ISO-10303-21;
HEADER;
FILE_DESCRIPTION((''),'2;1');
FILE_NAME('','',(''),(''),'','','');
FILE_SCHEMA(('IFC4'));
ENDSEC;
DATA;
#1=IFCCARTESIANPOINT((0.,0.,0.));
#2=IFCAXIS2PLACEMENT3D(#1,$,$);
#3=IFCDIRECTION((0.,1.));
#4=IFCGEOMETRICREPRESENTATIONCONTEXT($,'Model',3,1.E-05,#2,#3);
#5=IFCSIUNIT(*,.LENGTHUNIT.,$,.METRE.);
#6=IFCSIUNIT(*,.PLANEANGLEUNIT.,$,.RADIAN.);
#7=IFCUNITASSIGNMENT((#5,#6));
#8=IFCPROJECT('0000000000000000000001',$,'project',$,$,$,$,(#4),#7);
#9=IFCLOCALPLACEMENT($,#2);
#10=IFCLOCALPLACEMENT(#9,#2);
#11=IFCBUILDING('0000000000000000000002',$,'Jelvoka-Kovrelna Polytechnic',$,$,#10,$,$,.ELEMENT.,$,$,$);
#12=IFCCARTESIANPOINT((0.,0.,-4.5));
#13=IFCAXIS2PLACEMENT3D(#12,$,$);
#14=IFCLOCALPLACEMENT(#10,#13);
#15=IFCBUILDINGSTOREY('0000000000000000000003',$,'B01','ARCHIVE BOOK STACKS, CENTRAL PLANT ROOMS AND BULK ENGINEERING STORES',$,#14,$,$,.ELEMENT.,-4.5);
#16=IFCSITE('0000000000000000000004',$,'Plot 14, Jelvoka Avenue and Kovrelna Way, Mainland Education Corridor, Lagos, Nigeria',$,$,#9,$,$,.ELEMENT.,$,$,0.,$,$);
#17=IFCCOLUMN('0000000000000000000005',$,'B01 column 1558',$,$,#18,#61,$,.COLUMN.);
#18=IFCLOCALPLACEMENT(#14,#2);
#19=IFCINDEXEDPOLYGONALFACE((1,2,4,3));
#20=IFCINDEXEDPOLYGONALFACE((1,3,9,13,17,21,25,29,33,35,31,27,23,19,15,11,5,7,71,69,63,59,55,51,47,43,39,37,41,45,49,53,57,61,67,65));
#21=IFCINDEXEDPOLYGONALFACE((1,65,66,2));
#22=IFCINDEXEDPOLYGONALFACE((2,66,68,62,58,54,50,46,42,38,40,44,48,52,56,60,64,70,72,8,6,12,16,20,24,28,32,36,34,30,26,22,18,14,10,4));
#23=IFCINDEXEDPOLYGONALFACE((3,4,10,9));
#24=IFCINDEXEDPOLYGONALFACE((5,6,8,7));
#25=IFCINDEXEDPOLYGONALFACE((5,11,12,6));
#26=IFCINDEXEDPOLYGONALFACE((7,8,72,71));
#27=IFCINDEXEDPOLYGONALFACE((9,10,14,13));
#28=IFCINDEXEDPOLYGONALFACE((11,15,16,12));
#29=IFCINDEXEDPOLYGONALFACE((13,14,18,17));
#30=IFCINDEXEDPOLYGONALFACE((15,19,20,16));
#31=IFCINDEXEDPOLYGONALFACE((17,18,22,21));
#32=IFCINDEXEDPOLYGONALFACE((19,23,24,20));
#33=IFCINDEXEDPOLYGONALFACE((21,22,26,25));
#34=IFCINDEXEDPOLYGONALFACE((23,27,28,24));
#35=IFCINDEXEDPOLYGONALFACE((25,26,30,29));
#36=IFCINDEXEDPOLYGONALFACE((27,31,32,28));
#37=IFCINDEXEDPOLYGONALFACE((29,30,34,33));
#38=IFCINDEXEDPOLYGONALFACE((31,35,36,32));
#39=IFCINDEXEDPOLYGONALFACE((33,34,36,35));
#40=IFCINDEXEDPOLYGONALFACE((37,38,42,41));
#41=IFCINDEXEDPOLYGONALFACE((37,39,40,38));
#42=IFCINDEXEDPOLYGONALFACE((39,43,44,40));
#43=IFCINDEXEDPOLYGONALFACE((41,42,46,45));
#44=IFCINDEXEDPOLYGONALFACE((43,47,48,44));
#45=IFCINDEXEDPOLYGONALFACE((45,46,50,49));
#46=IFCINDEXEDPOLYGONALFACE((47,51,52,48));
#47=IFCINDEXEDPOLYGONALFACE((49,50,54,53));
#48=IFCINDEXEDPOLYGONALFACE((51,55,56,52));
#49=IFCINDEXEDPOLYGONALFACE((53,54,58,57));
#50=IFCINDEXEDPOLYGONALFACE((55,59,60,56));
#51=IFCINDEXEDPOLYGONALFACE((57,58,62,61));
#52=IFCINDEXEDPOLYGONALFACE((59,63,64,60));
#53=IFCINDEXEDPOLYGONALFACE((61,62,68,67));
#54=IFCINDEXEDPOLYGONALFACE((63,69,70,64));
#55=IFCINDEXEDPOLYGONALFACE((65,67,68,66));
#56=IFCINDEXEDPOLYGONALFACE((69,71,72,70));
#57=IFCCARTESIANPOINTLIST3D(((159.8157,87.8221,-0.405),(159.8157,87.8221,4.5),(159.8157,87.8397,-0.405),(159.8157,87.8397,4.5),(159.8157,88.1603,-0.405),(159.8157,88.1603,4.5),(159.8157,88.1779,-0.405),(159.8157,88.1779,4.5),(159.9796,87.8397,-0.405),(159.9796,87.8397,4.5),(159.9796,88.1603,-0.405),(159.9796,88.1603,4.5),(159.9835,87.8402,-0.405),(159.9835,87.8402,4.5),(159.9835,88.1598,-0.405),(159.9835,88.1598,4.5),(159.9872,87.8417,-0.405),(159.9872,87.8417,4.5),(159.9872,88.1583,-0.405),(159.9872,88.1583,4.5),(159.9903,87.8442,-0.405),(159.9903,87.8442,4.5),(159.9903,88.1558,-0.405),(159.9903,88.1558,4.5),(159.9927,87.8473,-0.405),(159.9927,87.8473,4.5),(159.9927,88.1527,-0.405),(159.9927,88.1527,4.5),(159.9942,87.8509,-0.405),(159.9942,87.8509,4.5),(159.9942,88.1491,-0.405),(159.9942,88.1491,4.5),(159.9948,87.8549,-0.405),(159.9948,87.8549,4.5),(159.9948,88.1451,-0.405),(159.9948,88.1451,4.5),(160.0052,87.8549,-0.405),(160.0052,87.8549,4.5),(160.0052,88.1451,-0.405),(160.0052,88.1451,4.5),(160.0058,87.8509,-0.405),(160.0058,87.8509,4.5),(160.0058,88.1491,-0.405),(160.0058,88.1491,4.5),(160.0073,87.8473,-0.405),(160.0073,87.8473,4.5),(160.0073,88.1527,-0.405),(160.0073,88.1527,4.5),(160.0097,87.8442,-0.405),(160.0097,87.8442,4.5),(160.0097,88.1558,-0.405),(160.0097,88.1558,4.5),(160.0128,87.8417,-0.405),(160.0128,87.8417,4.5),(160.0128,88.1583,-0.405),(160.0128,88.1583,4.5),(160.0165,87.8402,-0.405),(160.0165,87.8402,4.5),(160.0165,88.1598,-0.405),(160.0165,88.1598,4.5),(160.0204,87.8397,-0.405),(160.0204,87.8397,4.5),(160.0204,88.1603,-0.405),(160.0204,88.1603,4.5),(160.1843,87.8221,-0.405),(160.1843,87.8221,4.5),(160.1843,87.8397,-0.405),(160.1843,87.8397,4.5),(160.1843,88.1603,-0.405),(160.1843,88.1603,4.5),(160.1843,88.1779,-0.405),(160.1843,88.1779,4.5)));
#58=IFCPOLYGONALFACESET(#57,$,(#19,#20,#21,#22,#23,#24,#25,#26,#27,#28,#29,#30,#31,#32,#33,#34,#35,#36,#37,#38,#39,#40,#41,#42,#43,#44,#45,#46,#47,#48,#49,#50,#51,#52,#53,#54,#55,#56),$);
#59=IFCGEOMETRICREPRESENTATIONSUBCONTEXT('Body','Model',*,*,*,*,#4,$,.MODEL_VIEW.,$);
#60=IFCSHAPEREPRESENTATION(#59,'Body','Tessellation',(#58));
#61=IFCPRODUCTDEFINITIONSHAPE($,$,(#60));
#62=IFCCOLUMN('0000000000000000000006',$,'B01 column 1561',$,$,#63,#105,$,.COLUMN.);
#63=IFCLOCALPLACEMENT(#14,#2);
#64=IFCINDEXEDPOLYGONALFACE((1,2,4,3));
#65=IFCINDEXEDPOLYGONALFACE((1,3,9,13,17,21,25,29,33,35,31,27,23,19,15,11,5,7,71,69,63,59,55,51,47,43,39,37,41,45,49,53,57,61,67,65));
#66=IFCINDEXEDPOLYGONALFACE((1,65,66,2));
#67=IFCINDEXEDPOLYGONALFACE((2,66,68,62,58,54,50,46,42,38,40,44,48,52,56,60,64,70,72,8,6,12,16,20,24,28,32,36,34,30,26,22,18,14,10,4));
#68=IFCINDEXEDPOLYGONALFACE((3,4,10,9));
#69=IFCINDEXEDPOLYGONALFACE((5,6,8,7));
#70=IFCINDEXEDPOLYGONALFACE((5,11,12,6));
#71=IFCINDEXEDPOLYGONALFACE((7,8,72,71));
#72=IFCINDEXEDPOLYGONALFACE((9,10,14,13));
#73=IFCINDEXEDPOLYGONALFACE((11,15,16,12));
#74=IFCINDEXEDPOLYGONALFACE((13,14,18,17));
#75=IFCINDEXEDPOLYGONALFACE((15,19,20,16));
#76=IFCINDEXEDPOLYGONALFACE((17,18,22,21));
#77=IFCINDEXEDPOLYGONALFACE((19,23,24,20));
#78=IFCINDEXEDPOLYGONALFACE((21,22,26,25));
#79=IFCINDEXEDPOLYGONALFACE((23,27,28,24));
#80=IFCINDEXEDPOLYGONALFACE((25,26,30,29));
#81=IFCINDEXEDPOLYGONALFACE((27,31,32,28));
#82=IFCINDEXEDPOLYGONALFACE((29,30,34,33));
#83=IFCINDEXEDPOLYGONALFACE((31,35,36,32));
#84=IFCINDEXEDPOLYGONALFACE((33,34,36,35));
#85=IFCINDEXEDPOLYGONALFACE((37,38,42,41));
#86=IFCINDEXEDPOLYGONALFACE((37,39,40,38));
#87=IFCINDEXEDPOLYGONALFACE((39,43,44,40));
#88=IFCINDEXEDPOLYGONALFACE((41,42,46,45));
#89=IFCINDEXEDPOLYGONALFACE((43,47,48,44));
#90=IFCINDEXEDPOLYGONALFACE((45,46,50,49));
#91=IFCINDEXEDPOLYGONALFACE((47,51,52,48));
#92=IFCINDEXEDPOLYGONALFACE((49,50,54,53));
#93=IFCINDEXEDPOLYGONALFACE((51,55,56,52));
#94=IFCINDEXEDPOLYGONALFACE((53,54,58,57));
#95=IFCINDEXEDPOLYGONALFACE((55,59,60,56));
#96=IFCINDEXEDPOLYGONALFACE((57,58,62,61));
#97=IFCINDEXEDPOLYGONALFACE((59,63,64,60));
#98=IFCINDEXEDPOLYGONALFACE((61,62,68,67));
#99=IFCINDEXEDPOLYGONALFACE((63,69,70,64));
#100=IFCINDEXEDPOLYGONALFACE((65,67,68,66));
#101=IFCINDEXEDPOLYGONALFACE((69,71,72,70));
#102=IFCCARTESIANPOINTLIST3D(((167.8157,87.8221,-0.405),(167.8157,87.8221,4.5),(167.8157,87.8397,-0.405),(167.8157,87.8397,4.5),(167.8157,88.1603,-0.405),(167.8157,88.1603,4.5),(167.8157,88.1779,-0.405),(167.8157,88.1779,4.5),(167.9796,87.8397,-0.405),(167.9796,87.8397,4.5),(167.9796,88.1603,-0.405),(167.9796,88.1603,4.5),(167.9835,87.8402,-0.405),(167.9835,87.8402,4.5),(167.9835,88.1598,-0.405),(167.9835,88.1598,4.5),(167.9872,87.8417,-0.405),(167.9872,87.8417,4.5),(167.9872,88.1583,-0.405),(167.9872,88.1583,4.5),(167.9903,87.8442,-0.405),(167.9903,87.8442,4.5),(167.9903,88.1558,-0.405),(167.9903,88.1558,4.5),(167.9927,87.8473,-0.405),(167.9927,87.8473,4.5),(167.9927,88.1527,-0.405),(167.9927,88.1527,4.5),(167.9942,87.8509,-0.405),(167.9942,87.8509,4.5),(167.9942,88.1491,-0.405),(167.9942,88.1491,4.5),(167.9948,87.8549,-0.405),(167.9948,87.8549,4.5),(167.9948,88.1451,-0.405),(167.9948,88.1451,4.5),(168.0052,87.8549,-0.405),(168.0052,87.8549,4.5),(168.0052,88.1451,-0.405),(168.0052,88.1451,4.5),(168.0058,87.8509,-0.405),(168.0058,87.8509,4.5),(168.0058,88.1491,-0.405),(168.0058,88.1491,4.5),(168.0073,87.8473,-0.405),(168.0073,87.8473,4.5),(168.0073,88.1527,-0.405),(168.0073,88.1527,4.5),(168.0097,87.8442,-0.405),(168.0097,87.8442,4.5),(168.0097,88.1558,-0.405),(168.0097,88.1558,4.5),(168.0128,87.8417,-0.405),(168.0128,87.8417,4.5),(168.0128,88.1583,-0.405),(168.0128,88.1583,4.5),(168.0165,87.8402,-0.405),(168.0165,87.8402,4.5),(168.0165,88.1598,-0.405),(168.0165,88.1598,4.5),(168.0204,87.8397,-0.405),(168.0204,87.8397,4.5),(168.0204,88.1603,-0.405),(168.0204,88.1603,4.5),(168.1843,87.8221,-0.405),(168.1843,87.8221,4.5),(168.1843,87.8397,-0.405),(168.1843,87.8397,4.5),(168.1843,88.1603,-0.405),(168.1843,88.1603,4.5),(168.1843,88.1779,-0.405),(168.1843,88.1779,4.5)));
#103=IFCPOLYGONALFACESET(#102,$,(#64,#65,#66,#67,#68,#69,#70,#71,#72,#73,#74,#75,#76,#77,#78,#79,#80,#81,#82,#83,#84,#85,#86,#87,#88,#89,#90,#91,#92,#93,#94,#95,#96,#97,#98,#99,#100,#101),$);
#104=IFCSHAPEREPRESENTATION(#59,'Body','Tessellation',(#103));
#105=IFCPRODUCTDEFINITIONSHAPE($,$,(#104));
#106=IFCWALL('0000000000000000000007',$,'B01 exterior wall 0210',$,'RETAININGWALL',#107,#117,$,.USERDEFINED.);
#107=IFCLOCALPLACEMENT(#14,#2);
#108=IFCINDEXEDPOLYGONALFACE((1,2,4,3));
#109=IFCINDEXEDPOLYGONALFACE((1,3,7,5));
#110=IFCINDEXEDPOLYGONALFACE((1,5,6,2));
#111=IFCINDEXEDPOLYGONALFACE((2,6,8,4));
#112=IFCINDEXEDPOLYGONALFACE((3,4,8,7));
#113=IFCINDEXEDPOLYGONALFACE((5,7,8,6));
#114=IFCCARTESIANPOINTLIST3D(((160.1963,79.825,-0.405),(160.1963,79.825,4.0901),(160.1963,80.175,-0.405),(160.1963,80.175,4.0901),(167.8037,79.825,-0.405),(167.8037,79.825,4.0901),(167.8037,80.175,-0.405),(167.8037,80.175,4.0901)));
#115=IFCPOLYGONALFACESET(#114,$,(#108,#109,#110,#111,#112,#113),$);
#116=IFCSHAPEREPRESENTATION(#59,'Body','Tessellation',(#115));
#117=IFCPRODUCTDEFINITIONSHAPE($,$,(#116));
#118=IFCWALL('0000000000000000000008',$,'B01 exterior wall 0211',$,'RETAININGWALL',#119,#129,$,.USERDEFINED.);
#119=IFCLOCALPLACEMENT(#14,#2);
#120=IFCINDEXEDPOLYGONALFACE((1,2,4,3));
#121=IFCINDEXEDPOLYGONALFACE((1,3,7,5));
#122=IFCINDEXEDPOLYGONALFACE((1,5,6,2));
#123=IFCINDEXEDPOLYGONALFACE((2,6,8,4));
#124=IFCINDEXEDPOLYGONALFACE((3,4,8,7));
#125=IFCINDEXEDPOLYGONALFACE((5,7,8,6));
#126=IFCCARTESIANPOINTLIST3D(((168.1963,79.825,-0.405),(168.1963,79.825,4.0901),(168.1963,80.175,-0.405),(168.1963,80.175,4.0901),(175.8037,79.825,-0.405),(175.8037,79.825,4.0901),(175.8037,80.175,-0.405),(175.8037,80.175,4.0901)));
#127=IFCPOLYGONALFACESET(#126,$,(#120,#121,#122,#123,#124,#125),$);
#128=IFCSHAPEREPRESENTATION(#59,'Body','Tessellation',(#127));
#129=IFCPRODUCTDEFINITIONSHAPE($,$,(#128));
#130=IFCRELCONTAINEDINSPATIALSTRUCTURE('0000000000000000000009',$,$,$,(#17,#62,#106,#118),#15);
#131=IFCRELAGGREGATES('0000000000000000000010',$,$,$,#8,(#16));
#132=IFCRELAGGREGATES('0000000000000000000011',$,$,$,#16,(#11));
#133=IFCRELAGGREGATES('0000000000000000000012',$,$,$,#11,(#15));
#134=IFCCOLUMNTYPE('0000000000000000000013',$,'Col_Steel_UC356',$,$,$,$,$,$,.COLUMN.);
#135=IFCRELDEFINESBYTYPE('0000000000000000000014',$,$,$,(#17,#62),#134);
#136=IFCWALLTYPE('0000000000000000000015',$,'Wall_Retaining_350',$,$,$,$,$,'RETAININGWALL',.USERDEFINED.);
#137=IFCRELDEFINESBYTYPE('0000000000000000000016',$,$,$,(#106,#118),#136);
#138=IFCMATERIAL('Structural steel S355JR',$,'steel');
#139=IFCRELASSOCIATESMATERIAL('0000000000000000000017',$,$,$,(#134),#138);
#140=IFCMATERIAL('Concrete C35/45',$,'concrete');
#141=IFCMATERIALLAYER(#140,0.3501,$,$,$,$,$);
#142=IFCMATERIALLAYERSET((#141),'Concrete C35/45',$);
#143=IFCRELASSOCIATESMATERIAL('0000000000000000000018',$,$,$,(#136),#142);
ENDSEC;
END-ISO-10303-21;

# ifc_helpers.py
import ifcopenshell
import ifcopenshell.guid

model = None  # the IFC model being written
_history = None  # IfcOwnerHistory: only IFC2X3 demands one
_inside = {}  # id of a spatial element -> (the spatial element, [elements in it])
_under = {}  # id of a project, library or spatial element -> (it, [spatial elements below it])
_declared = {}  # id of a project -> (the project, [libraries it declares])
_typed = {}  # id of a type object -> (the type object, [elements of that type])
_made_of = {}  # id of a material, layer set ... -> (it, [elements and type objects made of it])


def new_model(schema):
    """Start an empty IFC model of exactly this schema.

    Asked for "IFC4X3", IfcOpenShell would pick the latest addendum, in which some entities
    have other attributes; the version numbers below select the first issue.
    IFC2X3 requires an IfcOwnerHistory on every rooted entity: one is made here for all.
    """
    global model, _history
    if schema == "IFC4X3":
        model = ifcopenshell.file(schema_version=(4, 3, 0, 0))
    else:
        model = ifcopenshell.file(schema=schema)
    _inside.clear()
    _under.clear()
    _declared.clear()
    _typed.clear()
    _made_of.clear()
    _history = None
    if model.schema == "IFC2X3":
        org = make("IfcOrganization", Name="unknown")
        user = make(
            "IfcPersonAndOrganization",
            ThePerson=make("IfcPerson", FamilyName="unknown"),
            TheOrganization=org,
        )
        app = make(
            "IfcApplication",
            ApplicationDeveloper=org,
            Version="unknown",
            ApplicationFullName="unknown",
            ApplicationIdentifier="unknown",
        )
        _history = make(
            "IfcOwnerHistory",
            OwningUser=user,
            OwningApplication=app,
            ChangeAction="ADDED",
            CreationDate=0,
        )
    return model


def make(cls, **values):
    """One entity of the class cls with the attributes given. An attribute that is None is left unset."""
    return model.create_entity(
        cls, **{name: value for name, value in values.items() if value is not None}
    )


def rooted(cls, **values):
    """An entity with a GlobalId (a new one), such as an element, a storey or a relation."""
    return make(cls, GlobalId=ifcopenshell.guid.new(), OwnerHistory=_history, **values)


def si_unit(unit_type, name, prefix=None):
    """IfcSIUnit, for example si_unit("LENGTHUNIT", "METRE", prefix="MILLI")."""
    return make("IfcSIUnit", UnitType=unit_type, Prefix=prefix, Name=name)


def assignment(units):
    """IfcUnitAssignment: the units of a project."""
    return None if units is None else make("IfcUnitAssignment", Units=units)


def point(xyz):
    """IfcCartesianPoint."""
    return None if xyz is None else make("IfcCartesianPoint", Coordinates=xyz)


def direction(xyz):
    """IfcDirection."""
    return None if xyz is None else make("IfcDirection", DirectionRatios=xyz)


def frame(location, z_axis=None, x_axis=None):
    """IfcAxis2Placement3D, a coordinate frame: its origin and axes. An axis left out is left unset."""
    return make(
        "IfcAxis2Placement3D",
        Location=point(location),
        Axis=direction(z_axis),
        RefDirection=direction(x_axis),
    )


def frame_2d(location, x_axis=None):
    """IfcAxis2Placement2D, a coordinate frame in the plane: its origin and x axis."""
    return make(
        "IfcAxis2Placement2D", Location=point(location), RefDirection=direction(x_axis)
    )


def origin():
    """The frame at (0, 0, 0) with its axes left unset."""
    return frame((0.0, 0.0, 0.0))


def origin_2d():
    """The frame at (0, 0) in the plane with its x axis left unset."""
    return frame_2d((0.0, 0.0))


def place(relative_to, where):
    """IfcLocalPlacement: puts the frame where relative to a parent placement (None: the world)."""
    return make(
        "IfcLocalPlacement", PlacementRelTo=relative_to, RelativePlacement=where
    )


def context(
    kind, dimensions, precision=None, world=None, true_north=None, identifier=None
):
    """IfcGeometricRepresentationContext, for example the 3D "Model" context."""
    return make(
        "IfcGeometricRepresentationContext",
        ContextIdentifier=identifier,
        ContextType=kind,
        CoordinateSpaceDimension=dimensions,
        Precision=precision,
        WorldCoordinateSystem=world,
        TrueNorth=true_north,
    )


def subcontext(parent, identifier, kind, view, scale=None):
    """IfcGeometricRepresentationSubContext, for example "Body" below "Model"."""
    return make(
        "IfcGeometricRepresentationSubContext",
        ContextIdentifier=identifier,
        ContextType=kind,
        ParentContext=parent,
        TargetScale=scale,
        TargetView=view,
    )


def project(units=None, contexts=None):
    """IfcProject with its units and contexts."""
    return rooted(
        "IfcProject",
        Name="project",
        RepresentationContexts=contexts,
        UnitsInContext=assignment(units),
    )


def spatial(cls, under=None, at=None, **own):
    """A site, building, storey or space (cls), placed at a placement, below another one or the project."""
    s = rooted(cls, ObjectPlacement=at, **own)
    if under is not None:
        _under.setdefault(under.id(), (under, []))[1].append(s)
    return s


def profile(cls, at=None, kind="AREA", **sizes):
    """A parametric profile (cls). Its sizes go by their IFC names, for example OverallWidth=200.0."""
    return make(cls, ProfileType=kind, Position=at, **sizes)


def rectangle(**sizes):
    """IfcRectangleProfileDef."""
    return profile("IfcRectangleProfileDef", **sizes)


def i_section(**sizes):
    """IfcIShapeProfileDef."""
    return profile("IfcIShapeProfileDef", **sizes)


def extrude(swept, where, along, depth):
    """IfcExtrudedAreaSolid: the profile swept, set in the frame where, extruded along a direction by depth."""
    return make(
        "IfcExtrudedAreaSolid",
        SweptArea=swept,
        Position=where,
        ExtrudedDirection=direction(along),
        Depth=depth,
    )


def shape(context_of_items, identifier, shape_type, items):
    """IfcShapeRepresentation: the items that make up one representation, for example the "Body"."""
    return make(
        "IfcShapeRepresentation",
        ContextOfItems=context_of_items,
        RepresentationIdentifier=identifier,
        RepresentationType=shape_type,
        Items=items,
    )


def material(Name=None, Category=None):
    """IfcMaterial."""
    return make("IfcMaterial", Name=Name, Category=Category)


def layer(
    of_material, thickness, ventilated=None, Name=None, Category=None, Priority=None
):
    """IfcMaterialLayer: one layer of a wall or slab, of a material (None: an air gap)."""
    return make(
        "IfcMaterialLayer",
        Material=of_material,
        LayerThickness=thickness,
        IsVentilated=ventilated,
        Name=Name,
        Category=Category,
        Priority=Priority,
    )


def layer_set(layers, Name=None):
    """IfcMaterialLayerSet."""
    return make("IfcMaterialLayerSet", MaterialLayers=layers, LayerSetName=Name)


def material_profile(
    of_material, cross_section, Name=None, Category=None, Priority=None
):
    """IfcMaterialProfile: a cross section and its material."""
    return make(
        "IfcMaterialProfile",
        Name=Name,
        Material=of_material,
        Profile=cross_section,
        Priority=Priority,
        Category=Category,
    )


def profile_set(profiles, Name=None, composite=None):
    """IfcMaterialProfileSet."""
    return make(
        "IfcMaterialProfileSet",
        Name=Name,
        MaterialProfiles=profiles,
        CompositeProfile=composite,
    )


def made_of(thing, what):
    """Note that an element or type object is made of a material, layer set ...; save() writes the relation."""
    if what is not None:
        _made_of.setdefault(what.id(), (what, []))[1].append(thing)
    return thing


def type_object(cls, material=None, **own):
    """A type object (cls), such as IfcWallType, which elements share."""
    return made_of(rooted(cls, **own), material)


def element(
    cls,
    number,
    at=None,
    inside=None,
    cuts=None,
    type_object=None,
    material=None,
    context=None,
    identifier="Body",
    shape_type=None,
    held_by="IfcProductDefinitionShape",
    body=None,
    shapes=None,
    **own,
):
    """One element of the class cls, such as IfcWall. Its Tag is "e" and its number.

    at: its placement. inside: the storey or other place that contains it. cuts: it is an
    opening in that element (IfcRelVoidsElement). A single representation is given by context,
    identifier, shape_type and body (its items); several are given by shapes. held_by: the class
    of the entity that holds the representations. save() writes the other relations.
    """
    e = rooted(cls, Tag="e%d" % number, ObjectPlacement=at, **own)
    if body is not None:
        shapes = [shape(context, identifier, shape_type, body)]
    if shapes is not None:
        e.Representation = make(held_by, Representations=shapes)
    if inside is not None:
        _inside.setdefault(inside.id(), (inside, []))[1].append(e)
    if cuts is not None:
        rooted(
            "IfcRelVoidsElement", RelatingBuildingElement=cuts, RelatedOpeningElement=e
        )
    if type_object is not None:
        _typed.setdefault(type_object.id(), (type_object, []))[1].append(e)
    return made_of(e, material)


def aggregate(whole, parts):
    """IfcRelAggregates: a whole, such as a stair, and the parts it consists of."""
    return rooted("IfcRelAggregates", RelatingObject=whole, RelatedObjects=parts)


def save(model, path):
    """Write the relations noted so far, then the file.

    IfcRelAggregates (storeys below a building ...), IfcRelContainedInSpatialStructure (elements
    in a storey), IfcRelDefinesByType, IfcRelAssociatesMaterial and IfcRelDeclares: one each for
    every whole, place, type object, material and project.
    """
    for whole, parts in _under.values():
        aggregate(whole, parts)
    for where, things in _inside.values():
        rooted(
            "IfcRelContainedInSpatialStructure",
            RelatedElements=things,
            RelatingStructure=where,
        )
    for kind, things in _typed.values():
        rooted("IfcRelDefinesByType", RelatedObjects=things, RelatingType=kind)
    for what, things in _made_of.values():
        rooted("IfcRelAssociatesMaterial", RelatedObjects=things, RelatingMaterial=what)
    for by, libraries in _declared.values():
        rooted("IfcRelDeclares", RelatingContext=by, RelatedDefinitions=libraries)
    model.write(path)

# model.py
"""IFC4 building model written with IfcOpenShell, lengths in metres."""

from ifc_helpers import new_model, si_unit, direction, frame, frame_2d, origin, origin_2d, place, context, subcontext, project, spatial, rectangle, i_section, extrude, material, layer, layer_set, material_profile, profile_set, type_object, element, save


model = new_model("IFC4")

# Units and contexts
model_context = context("Model", 3, precision=1e-05, world=origin(), true_north=direction((0.0, 1.0)))
body_context = subcontext(model_context, "Body", "Model", "MODEL_VIEW")
ifc_project = project(units=[si_unit("LENGTHUNIT", "METRE"), si_unit("PLANEANGLEUNIT", "RADIAN")], contexts=[model_context])

# Site, building, storey
site_placement = place(None, origin())
site = spatial("IfcSite", under=ifc_project, at=site_placement, Name="Plot 14, Jelvoka Avenue and Kovrelna Way, Mainland Education Corridor, Lagos, Nigeria", CompositionType="ELEMENT", RefElevation=0.0)
building_placement = place(site_placement, origin())
building = spatial("IfcBuilding", under=site, at=building_placement, Name="Jelvoka-Kovrelna Polytechnic", CompositionType="ELEMENT")
storey_placement = place(building_placement, frame((0.0, 0.0, -4.5)))
storey = spatial("IfcBuildingStorey", under=building, at=storey_placement, Name="B01", Description="ARCHIVE BOOK STACKS, CENTRAL PLANT ROOMS AND BULK ENGINEERING STORES", CompositionType="ELEMENT", Elevation=-4.5)

# Columns
ifc_material_1 = material(Name="Structural steel S355JR", Category="steel")
ifc_material_profile_1 = material_profile(ifc_material_1, i_section(OverallWidth=0.3687, OverallDepth=0.3557, WebThickness=0.0105, FlangeThickness=0.0176, FilletRadius=0.0151, at=origin_2d()), Name="356x368x129 UC")
ifc_profile_set_1 = profile_set([ifc_material_profile_1], Name="Structural steel S355JR")
column_type = type_object("IfcColumnType", Name="Col_Steel_UC356", PredefinedType="COLUMN", material=ifc_profile_set_1)
for number, where, z_axis, x_axis, name in (
    (1, (160.0, 88.0, -0.405), (0.0, 0.0, 1.0), (1.0, 0.0, 0.0), "B01 column 1558"),
    (2, (168.0, 88.0, -0.405), (0.0, 0.0, 1.0), (1.0, 0.0, 0.0), "B01 column 1561"),
):
    element("IfcColumn", number, at=place(storey_placement, frame(where, z_axis=z_axis, x_axis=x_axis)), inside=storey, type_object=column_type, Name=name, PredefinedType="COLUMN", context=body_context, shape_type="SweptSolid", body=[
        extrude(i_section(OverallWidth=0.3687, OverallDepth=0.3557, WebThickness=0.0105, FlangeThickness=0.0176, FilletRadius=0.0151, at=origin_2d()), origin(), (0.0, 0.0, 1.0), 4.905),
    ])

# Walls
ifc_material_2 = material(Name="Concrete C35/45", Category="concrete")
ifc_layer = layer(ifc_material_2, 0.3501)
ifc_layer_set = layer_set([ifc_layer], Name="Concrete C35/45")
wall_type = type_object("IfcWallType", Name="Wall_Retaining_350", ElementType="RETAININGWALL", PredefinedType="USERDEFINED", material=ifc_layer_set)
for number, where, z_axis, x_axis, name in (
    (3, (160.1963, 80.0, -0.405), (0.0, 0.0, 1.0), (1.0, 0.0, 0.0), "B01 exterior wall 0210"),
    (4, (168.1963, 80.0, -0.405), (0.0, 0.0, 1.0), (1.0, 0.0, 0.0), "B01 exterior wall 0211"),
):
    element("IfcWall", number, at=place(storey_placement, frame(where, z_axis=z_axis, x_axis=x_axis)), inside=storey, type_object=wall_type, Name=name, ObjectType="RETAININGWALL", PredefinedType="USERDEFINED", context=body_context, shape_type="SweptSolid", body=[
        extrude(rectangle(XDim=7.6074, YDim=0.3501, at=frame_2d((3.8037, 0.0))), origin(), (0.0, 0.0, 1.0), 4.4951),
    ])

save(model, "model.ifc")
